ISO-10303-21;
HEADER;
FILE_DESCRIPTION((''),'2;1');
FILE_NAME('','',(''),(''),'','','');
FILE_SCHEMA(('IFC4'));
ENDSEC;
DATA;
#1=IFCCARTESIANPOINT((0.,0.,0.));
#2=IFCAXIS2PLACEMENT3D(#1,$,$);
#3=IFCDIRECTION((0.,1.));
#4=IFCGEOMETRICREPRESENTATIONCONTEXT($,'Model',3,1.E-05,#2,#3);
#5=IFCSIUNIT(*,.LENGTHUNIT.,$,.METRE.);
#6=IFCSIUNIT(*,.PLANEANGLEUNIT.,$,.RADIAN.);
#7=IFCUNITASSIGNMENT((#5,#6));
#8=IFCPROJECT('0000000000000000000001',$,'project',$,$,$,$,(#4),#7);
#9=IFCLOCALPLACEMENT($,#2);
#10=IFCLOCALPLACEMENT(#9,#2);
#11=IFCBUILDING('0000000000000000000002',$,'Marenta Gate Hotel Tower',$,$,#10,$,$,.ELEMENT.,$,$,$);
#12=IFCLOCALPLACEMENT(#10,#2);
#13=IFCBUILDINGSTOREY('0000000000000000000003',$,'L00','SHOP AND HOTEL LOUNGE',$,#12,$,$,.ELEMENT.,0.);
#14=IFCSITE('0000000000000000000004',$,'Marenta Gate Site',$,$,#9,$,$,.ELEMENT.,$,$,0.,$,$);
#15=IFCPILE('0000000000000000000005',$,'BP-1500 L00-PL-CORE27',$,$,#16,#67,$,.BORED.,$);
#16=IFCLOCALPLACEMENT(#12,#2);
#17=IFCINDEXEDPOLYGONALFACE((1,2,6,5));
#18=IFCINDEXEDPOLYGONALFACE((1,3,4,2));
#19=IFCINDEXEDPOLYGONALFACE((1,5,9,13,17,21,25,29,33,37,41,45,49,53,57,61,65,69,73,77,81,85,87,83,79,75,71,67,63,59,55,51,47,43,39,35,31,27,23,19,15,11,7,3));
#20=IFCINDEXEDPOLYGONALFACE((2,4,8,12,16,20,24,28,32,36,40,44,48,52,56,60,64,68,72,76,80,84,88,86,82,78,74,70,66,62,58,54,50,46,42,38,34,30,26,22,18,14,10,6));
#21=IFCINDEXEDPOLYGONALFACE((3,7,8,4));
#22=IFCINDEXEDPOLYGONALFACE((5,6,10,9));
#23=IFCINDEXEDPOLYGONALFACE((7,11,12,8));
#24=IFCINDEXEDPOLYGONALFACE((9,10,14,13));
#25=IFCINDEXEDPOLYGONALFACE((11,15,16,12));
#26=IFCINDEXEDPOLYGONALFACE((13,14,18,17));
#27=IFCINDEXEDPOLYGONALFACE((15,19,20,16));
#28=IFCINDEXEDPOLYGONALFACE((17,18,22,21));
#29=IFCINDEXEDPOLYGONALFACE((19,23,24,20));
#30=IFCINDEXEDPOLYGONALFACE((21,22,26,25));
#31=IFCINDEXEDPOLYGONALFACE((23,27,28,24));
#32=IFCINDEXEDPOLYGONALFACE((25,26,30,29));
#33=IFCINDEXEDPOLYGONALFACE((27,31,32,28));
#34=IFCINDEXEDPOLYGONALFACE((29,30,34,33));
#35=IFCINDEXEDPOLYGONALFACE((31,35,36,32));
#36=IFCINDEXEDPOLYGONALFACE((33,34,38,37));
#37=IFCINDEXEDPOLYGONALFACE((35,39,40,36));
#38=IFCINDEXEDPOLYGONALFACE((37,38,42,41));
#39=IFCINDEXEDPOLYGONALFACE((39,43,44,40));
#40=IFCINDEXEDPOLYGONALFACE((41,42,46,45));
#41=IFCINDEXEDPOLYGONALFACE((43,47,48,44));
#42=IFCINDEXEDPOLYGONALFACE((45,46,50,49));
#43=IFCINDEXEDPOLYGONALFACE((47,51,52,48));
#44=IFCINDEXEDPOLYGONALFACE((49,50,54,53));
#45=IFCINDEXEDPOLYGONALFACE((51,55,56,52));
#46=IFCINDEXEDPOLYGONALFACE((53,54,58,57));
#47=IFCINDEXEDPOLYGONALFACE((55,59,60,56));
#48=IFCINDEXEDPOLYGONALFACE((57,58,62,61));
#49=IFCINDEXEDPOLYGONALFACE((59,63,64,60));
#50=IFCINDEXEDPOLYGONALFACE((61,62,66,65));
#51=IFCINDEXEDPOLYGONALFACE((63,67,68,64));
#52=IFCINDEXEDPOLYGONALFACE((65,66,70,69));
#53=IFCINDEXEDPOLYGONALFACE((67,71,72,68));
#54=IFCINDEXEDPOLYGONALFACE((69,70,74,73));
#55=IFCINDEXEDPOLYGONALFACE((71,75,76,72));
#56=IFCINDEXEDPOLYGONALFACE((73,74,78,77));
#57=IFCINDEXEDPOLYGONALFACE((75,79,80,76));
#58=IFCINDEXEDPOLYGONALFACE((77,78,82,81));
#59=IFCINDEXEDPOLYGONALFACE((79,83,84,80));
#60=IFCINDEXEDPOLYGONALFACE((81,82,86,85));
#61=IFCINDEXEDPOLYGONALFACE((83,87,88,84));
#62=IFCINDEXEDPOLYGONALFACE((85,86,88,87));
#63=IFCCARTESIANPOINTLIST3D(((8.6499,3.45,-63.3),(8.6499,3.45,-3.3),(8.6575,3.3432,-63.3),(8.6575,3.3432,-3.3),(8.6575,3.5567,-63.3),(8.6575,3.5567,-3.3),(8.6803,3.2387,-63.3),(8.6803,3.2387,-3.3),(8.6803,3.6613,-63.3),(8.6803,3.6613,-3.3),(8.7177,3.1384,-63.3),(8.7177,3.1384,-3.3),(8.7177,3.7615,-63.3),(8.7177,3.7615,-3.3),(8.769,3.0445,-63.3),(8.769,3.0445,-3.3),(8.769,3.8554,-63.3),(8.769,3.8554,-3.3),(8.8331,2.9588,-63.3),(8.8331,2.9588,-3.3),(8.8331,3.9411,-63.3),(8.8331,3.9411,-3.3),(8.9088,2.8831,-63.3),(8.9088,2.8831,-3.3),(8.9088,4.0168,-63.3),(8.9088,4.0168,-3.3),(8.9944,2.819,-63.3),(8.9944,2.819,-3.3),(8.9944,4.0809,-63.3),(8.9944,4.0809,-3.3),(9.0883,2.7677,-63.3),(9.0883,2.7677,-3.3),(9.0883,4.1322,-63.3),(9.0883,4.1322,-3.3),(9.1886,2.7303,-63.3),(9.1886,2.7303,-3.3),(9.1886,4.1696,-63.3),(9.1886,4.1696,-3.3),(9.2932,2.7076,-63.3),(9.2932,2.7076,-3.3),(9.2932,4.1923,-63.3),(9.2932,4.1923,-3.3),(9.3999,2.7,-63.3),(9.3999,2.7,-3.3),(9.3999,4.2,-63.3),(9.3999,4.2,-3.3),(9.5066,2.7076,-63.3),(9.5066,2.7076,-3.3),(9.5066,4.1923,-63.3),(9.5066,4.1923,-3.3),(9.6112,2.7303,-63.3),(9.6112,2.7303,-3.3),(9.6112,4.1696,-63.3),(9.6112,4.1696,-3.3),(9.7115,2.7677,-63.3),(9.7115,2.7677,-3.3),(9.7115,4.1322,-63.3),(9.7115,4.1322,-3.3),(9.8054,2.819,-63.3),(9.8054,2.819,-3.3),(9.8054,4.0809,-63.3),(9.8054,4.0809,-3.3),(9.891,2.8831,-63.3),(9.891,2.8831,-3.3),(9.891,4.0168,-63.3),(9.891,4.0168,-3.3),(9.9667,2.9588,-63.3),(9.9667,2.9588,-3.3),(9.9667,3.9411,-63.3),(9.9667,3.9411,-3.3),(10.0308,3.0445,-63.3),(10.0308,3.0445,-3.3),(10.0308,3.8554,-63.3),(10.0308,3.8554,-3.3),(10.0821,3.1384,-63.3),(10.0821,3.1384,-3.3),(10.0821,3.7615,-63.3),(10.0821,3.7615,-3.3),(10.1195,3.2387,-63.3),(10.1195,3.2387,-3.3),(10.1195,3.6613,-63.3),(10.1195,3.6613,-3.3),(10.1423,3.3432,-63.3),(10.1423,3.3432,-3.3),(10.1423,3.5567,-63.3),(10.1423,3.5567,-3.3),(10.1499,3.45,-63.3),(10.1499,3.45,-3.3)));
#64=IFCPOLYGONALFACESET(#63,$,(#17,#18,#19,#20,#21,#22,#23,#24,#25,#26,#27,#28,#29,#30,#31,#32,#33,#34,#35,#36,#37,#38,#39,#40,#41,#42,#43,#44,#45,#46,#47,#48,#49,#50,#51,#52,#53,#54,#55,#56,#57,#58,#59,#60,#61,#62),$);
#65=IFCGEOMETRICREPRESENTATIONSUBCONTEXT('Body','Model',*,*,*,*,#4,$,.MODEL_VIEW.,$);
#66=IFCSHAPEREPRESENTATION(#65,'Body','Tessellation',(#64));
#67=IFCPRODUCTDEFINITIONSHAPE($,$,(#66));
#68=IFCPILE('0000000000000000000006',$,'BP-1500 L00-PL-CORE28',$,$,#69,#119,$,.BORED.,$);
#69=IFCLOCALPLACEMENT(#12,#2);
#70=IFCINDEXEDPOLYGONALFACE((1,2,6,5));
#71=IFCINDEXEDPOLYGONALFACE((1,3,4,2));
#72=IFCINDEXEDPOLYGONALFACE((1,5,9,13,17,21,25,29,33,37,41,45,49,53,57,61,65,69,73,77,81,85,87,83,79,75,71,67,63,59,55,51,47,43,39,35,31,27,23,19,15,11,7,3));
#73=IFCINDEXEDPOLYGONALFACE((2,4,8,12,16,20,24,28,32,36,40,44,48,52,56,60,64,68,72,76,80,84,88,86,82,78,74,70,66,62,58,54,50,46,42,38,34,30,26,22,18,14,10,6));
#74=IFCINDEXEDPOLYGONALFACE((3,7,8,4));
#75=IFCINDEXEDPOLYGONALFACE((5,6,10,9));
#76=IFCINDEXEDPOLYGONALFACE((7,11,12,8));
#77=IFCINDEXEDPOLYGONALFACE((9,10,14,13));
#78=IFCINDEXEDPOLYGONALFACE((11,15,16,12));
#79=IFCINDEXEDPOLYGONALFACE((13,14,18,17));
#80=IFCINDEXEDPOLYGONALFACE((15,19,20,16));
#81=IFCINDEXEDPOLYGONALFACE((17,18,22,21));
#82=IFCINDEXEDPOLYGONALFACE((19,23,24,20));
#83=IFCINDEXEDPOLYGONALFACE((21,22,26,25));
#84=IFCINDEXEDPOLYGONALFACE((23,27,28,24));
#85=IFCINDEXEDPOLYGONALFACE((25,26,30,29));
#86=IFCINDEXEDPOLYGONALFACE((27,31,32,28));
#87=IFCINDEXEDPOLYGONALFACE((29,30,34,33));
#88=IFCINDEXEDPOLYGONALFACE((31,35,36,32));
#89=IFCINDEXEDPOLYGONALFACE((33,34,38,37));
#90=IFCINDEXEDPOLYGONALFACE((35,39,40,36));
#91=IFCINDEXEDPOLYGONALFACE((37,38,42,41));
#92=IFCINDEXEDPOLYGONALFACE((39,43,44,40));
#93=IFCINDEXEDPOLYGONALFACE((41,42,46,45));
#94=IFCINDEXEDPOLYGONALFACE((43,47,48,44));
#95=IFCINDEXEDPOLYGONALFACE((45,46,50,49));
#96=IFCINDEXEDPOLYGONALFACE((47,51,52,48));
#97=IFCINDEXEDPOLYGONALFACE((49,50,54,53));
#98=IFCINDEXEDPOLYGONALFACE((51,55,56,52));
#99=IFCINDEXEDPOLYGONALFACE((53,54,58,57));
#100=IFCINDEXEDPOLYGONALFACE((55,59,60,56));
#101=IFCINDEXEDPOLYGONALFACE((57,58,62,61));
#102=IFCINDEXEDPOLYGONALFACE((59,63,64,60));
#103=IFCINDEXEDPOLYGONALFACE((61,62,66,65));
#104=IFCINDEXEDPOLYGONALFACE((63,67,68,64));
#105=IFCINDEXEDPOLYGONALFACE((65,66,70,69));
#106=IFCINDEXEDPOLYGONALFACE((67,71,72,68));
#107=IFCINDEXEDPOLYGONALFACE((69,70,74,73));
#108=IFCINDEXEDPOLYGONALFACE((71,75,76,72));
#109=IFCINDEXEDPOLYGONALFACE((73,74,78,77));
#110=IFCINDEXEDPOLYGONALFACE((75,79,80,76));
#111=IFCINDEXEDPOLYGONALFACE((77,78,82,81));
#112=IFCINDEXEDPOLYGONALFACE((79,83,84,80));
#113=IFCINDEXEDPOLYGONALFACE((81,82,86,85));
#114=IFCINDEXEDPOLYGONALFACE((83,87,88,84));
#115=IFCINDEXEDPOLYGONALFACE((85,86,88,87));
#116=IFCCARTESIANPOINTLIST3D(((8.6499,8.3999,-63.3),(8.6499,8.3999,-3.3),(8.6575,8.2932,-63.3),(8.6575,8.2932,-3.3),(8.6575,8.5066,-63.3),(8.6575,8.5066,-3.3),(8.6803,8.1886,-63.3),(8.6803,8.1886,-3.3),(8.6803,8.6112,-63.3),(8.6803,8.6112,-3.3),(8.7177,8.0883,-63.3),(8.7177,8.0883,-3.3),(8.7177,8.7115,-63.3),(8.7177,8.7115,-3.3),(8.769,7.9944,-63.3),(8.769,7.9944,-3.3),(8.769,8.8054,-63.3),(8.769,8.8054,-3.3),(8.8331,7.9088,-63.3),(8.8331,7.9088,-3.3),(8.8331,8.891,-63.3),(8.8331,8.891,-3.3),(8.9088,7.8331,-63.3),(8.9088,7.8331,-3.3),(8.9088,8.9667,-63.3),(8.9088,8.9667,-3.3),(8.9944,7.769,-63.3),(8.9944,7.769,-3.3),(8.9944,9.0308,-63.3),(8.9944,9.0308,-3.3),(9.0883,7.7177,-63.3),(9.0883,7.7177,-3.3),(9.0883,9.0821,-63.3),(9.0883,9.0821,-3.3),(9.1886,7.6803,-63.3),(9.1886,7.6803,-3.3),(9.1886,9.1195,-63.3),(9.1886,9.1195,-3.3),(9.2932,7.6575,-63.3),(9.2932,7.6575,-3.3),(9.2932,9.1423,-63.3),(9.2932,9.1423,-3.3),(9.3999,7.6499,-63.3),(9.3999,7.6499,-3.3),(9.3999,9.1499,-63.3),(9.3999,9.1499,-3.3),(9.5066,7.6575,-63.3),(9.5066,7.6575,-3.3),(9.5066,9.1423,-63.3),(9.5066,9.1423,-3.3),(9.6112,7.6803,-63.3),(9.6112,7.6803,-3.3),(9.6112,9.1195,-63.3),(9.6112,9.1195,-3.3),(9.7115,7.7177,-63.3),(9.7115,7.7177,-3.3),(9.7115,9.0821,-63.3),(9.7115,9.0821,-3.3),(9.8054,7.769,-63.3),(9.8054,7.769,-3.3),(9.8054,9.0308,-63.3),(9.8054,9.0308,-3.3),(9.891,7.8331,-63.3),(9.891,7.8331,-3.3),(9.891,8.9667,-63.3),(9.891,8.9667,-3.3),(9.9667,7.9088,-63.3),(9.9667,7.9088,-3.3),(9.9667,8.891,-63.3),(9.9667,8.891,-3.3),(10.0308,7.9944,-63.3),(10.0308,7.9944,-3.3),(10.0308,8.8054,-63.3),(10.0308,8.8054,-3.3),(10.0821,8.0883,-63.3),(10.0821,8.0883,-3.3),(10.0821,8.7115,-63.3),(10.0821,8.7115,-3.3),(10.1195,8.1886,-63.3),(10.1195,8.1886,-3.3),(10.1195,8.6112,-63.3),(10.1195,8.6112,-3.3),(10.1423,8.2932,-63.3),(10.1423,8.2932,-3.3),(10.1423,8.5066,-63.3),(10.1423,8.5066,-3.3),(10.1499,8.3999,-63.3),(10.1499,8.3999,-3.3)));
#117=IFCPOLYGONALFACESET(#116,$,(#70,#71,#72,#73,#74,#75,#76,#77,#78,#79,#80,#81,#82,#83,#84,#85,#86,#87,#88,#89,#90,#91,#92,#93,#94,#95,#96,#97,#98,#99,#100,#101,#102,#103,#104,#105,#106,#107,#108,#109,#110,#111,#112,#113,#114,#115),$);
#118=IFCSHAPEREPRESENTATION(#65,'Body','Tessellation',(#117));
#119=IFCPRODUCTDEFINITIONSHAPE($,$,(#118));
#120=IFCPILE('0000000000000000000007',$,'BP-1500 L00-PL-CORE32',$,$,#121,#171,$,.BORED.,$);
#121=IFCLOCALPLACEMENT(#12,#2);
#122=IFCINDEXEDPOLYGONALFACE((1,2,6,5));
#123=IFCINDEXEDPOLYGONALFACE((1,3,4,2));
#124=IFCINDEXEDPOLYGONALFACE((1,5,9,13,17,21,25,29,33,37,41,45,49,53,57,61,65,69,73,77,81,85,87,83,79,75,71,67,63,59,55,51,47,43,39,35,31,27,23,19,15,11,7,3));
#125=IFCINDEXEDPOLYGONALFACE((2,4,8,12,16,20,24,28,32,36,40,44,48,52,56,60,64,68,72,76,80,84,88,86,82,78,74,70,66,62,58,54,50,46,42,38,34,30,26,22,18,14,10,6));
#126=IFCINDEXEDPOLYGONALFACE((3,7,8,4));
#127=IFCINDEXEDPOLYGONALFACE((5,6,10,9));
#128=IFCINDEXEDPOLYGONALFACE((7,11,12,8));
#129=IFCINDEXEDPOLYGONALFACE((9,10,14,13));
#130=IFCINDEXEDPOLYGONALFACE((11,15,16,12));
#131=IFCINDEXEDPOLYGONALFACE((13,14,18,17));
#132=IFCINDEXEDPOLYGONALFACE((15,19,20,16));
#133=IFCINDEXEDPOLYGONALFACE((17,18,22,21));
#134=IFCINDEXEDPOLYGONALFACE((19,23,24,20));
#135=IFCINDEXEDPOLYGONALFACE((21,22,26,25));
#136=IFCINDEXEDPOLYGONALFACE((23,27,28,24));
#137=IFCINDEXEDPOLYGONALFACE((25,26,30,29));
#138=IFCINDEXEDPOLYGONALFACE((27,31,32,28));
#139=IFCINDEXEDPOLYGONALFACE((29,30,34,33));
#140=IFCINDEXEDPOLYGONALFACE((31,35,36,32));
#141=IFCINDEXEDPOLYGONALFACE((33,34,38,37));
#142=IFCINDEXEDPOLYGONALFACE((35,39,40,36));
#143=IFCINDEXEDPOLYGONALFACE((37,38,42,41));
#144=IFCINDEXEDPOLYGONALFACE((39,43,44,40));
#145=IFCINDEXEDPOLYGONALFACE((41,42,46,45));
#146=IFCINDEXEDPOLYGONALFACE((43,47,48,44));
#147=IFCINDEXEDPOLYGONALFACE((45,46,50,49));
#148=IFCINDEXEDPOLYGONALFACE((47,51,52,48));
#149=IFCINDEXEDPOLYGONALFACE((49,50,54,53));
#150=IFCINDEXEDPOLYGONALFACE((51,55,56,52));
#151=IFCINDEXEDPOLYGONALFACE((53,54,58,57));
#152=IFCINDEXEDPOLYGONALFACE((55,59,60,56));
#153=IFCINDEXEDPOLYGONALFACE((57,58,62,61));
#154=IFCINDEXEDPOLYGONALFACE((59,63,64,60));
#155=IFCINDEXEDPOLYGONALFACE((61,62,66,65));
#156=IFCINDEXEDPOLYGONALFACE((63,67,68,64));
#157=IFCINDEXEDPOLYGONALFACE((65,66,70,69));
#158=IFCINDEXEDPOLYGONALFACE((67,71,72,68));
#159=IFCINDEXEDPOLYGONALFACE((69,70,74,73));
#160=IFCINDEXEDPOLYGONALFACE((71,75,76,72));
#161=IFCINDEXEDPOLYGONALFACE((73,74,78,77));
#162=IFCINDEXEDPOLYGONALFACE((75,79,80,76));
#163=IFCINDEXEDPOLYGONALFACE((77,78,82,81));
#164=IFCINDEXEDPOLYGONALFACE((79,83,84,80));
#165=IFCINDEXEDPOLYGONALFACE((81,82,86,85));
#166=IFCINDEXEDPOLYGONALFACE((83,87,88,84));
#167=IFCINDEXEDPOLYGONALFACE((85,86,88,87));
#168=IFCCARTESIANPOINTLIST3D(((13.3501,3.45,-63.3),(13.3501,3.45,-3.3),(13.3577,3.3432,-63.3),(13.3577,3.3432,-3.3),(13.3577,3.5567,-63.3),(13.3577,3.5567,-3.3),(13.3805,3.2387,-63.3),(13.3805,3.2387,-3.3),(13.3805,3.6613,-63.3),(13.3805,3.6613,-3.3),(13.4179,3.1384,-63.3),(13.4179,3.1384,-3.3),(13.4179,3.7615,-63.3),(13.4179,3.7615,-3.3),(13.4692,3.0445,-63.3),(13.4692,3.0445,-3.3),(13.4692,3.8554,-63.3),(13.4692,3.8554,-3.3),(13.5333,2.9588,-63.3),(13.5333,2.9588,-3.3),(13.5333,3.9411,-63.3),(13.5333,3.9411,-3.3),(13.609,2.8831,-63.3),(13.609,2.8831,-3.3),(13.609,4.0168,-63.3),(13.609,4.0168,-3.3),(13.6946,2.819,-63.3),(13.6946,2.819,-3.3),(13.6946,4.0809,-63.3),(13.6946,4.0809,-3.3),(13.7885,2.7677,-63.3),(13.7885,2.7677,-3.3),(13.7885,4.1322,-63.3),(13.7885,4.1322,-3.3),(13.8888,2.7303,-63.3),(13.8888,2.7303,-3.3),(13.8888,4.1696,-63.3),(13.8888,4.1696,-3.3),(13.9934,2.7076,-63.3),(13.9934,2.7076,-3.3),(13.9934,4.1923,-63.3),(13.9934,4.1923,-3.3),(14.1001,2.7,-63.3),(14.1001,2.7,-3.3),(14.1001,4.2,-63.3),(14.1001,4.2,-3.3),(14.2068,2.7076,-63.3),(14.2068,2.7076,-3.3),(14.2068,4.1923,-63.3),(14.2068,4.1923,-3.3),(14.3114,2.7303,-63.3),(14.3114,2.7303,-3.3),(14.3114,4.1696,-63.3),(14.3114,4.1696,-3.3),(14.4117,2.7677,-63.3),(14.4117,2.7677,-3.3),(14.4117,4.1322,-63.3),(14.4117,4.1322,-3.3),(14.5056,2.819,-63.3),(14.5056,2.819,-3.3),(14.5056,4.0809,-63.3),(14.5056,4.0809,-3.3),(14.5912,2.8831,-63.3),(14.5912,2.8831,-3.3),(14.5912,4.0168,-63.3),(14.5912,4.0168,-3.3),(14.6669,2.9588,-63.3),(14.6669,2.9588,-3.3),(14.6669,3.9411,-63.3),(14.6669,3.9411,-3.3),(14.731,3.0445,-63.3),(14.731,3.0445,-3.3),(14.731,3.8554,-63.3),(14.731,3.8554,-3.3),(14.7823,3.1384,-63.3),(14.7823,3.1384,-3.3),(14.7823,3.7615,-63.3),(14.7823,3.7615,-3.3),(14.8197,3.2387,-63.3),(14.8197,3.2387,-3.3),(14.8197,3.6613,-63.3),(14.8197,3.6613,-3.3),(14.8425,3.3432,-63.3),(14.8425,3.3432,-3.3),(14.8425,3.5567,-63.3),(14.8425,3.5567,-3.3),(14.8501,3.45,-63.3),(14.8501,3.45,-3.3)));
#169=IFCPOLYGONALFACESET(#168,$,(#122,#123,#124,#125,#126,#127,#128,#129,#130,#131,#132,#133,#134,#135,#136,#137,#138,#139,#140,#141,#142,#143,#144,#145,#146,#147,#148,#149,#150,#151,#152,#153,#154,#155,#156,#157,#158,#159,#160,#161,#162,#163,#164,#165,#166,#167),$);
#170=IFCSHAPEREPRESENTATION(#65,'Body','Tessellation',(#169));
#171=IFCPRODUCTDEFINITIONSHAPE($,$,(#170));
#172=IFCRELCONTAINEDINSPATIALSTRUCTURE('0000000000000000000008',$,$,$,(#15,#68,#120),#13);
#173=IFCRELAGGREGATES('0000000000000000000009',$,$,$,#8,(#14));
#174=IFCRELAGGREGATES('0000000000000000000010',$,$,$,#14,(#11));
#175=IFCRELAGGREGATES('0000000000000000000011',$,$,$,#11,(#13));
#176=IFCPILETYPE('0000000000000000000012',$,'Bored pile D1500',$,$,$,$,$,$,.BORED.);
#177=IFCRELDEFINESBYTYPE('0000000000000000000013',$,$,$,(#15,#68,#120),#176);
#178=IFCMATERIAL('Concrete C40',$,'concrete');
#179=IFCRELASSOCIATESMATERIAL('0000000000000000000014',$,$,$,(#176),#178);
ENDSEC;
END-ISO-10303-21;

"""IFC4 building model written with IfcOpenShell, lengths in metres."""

from ifc_helpers import new_model, si_unit, direction, frame, origin, origin_2d, place, context, subcontext, project, spatial, circle, extrude, material, type_object, element, save


model = new_model("IFC4")

# Units and contexts
model_context = context("Model", 3, precision=1e-05, world=origin(), true_north=direction((0.0, 1.0)))
body_context = subcontext(model_context, "Body", "Model", "MODEL_VIEW")
ifc_project = project(units=[si_unit("LENGTHUNIT", "METRE"), si_unit("PLANEANGLEUNIT", "RADIAN")], contexts=[model_context])

# Site, building, storey
site_placement = place(None, origin())
site = spatial("IfcSite", under=ifc_project, at=site_placement, Name="Marenta Gate Site", CompositionType="ELEMENT", RefElevation=0.0)
building_placement = place(site_placement, origin())
building = spatial("IfcBuilding", under=site, at=building_placement, Name="Marenta Gate Hotel Tower", CompositionType="ELEMENT")
storey_placement = place(building_placement, origin())
storey = spatial("IfcBuildingStorey", under=building, at=storey_placement, Name="L00", Description="SHOP AND HOTEL LOUNGE", CompositionType="ELEMENT", Elevation=0.0)

# Piles
ifc_material_1 = material(Name="Concrete C40", Category="concrete")
pile_type = type_object("IfcPileType", Name="Bored pile D1500", PredefinedType="BORED", material=ifc_material_1)
for number, where, z_axis, x_axis, name in (
    (1, (9.3999, 3.45, -3.3), (0.0, 0.0, -1.0), (1.0, 0.0, 0.0), "BP-1500 L00-PL-CORE27"),
    (2, (9.3999, 8.3999, -3.3), (0.0, 0.0, -1.0), (1.0, 0.0, 0.0), "BP-1500 L00-PL-CORE28"),
    (3, (14.1001, 3.45, -3.3), (0.0, 0.0, -1.0), (1.0, 0.0, 0.0), "BP-1500 L00-PL-CORE32"),
):
    element("IfcPile", number, at=place(storey_placement, frame(where, z_axis=z_axis, x_axis=x_axis)), inside=storey, type_object=pile_type, Name=name, PredefinedType="BORED", context=body_context, shape_type="SweptSolid", body=[
        extrude(circle(Radius=0.75, at=origin_2d()), origin(), (0.0, 0.0, 1.0), 60.0),
    ])

save(model, "model.ifc")
